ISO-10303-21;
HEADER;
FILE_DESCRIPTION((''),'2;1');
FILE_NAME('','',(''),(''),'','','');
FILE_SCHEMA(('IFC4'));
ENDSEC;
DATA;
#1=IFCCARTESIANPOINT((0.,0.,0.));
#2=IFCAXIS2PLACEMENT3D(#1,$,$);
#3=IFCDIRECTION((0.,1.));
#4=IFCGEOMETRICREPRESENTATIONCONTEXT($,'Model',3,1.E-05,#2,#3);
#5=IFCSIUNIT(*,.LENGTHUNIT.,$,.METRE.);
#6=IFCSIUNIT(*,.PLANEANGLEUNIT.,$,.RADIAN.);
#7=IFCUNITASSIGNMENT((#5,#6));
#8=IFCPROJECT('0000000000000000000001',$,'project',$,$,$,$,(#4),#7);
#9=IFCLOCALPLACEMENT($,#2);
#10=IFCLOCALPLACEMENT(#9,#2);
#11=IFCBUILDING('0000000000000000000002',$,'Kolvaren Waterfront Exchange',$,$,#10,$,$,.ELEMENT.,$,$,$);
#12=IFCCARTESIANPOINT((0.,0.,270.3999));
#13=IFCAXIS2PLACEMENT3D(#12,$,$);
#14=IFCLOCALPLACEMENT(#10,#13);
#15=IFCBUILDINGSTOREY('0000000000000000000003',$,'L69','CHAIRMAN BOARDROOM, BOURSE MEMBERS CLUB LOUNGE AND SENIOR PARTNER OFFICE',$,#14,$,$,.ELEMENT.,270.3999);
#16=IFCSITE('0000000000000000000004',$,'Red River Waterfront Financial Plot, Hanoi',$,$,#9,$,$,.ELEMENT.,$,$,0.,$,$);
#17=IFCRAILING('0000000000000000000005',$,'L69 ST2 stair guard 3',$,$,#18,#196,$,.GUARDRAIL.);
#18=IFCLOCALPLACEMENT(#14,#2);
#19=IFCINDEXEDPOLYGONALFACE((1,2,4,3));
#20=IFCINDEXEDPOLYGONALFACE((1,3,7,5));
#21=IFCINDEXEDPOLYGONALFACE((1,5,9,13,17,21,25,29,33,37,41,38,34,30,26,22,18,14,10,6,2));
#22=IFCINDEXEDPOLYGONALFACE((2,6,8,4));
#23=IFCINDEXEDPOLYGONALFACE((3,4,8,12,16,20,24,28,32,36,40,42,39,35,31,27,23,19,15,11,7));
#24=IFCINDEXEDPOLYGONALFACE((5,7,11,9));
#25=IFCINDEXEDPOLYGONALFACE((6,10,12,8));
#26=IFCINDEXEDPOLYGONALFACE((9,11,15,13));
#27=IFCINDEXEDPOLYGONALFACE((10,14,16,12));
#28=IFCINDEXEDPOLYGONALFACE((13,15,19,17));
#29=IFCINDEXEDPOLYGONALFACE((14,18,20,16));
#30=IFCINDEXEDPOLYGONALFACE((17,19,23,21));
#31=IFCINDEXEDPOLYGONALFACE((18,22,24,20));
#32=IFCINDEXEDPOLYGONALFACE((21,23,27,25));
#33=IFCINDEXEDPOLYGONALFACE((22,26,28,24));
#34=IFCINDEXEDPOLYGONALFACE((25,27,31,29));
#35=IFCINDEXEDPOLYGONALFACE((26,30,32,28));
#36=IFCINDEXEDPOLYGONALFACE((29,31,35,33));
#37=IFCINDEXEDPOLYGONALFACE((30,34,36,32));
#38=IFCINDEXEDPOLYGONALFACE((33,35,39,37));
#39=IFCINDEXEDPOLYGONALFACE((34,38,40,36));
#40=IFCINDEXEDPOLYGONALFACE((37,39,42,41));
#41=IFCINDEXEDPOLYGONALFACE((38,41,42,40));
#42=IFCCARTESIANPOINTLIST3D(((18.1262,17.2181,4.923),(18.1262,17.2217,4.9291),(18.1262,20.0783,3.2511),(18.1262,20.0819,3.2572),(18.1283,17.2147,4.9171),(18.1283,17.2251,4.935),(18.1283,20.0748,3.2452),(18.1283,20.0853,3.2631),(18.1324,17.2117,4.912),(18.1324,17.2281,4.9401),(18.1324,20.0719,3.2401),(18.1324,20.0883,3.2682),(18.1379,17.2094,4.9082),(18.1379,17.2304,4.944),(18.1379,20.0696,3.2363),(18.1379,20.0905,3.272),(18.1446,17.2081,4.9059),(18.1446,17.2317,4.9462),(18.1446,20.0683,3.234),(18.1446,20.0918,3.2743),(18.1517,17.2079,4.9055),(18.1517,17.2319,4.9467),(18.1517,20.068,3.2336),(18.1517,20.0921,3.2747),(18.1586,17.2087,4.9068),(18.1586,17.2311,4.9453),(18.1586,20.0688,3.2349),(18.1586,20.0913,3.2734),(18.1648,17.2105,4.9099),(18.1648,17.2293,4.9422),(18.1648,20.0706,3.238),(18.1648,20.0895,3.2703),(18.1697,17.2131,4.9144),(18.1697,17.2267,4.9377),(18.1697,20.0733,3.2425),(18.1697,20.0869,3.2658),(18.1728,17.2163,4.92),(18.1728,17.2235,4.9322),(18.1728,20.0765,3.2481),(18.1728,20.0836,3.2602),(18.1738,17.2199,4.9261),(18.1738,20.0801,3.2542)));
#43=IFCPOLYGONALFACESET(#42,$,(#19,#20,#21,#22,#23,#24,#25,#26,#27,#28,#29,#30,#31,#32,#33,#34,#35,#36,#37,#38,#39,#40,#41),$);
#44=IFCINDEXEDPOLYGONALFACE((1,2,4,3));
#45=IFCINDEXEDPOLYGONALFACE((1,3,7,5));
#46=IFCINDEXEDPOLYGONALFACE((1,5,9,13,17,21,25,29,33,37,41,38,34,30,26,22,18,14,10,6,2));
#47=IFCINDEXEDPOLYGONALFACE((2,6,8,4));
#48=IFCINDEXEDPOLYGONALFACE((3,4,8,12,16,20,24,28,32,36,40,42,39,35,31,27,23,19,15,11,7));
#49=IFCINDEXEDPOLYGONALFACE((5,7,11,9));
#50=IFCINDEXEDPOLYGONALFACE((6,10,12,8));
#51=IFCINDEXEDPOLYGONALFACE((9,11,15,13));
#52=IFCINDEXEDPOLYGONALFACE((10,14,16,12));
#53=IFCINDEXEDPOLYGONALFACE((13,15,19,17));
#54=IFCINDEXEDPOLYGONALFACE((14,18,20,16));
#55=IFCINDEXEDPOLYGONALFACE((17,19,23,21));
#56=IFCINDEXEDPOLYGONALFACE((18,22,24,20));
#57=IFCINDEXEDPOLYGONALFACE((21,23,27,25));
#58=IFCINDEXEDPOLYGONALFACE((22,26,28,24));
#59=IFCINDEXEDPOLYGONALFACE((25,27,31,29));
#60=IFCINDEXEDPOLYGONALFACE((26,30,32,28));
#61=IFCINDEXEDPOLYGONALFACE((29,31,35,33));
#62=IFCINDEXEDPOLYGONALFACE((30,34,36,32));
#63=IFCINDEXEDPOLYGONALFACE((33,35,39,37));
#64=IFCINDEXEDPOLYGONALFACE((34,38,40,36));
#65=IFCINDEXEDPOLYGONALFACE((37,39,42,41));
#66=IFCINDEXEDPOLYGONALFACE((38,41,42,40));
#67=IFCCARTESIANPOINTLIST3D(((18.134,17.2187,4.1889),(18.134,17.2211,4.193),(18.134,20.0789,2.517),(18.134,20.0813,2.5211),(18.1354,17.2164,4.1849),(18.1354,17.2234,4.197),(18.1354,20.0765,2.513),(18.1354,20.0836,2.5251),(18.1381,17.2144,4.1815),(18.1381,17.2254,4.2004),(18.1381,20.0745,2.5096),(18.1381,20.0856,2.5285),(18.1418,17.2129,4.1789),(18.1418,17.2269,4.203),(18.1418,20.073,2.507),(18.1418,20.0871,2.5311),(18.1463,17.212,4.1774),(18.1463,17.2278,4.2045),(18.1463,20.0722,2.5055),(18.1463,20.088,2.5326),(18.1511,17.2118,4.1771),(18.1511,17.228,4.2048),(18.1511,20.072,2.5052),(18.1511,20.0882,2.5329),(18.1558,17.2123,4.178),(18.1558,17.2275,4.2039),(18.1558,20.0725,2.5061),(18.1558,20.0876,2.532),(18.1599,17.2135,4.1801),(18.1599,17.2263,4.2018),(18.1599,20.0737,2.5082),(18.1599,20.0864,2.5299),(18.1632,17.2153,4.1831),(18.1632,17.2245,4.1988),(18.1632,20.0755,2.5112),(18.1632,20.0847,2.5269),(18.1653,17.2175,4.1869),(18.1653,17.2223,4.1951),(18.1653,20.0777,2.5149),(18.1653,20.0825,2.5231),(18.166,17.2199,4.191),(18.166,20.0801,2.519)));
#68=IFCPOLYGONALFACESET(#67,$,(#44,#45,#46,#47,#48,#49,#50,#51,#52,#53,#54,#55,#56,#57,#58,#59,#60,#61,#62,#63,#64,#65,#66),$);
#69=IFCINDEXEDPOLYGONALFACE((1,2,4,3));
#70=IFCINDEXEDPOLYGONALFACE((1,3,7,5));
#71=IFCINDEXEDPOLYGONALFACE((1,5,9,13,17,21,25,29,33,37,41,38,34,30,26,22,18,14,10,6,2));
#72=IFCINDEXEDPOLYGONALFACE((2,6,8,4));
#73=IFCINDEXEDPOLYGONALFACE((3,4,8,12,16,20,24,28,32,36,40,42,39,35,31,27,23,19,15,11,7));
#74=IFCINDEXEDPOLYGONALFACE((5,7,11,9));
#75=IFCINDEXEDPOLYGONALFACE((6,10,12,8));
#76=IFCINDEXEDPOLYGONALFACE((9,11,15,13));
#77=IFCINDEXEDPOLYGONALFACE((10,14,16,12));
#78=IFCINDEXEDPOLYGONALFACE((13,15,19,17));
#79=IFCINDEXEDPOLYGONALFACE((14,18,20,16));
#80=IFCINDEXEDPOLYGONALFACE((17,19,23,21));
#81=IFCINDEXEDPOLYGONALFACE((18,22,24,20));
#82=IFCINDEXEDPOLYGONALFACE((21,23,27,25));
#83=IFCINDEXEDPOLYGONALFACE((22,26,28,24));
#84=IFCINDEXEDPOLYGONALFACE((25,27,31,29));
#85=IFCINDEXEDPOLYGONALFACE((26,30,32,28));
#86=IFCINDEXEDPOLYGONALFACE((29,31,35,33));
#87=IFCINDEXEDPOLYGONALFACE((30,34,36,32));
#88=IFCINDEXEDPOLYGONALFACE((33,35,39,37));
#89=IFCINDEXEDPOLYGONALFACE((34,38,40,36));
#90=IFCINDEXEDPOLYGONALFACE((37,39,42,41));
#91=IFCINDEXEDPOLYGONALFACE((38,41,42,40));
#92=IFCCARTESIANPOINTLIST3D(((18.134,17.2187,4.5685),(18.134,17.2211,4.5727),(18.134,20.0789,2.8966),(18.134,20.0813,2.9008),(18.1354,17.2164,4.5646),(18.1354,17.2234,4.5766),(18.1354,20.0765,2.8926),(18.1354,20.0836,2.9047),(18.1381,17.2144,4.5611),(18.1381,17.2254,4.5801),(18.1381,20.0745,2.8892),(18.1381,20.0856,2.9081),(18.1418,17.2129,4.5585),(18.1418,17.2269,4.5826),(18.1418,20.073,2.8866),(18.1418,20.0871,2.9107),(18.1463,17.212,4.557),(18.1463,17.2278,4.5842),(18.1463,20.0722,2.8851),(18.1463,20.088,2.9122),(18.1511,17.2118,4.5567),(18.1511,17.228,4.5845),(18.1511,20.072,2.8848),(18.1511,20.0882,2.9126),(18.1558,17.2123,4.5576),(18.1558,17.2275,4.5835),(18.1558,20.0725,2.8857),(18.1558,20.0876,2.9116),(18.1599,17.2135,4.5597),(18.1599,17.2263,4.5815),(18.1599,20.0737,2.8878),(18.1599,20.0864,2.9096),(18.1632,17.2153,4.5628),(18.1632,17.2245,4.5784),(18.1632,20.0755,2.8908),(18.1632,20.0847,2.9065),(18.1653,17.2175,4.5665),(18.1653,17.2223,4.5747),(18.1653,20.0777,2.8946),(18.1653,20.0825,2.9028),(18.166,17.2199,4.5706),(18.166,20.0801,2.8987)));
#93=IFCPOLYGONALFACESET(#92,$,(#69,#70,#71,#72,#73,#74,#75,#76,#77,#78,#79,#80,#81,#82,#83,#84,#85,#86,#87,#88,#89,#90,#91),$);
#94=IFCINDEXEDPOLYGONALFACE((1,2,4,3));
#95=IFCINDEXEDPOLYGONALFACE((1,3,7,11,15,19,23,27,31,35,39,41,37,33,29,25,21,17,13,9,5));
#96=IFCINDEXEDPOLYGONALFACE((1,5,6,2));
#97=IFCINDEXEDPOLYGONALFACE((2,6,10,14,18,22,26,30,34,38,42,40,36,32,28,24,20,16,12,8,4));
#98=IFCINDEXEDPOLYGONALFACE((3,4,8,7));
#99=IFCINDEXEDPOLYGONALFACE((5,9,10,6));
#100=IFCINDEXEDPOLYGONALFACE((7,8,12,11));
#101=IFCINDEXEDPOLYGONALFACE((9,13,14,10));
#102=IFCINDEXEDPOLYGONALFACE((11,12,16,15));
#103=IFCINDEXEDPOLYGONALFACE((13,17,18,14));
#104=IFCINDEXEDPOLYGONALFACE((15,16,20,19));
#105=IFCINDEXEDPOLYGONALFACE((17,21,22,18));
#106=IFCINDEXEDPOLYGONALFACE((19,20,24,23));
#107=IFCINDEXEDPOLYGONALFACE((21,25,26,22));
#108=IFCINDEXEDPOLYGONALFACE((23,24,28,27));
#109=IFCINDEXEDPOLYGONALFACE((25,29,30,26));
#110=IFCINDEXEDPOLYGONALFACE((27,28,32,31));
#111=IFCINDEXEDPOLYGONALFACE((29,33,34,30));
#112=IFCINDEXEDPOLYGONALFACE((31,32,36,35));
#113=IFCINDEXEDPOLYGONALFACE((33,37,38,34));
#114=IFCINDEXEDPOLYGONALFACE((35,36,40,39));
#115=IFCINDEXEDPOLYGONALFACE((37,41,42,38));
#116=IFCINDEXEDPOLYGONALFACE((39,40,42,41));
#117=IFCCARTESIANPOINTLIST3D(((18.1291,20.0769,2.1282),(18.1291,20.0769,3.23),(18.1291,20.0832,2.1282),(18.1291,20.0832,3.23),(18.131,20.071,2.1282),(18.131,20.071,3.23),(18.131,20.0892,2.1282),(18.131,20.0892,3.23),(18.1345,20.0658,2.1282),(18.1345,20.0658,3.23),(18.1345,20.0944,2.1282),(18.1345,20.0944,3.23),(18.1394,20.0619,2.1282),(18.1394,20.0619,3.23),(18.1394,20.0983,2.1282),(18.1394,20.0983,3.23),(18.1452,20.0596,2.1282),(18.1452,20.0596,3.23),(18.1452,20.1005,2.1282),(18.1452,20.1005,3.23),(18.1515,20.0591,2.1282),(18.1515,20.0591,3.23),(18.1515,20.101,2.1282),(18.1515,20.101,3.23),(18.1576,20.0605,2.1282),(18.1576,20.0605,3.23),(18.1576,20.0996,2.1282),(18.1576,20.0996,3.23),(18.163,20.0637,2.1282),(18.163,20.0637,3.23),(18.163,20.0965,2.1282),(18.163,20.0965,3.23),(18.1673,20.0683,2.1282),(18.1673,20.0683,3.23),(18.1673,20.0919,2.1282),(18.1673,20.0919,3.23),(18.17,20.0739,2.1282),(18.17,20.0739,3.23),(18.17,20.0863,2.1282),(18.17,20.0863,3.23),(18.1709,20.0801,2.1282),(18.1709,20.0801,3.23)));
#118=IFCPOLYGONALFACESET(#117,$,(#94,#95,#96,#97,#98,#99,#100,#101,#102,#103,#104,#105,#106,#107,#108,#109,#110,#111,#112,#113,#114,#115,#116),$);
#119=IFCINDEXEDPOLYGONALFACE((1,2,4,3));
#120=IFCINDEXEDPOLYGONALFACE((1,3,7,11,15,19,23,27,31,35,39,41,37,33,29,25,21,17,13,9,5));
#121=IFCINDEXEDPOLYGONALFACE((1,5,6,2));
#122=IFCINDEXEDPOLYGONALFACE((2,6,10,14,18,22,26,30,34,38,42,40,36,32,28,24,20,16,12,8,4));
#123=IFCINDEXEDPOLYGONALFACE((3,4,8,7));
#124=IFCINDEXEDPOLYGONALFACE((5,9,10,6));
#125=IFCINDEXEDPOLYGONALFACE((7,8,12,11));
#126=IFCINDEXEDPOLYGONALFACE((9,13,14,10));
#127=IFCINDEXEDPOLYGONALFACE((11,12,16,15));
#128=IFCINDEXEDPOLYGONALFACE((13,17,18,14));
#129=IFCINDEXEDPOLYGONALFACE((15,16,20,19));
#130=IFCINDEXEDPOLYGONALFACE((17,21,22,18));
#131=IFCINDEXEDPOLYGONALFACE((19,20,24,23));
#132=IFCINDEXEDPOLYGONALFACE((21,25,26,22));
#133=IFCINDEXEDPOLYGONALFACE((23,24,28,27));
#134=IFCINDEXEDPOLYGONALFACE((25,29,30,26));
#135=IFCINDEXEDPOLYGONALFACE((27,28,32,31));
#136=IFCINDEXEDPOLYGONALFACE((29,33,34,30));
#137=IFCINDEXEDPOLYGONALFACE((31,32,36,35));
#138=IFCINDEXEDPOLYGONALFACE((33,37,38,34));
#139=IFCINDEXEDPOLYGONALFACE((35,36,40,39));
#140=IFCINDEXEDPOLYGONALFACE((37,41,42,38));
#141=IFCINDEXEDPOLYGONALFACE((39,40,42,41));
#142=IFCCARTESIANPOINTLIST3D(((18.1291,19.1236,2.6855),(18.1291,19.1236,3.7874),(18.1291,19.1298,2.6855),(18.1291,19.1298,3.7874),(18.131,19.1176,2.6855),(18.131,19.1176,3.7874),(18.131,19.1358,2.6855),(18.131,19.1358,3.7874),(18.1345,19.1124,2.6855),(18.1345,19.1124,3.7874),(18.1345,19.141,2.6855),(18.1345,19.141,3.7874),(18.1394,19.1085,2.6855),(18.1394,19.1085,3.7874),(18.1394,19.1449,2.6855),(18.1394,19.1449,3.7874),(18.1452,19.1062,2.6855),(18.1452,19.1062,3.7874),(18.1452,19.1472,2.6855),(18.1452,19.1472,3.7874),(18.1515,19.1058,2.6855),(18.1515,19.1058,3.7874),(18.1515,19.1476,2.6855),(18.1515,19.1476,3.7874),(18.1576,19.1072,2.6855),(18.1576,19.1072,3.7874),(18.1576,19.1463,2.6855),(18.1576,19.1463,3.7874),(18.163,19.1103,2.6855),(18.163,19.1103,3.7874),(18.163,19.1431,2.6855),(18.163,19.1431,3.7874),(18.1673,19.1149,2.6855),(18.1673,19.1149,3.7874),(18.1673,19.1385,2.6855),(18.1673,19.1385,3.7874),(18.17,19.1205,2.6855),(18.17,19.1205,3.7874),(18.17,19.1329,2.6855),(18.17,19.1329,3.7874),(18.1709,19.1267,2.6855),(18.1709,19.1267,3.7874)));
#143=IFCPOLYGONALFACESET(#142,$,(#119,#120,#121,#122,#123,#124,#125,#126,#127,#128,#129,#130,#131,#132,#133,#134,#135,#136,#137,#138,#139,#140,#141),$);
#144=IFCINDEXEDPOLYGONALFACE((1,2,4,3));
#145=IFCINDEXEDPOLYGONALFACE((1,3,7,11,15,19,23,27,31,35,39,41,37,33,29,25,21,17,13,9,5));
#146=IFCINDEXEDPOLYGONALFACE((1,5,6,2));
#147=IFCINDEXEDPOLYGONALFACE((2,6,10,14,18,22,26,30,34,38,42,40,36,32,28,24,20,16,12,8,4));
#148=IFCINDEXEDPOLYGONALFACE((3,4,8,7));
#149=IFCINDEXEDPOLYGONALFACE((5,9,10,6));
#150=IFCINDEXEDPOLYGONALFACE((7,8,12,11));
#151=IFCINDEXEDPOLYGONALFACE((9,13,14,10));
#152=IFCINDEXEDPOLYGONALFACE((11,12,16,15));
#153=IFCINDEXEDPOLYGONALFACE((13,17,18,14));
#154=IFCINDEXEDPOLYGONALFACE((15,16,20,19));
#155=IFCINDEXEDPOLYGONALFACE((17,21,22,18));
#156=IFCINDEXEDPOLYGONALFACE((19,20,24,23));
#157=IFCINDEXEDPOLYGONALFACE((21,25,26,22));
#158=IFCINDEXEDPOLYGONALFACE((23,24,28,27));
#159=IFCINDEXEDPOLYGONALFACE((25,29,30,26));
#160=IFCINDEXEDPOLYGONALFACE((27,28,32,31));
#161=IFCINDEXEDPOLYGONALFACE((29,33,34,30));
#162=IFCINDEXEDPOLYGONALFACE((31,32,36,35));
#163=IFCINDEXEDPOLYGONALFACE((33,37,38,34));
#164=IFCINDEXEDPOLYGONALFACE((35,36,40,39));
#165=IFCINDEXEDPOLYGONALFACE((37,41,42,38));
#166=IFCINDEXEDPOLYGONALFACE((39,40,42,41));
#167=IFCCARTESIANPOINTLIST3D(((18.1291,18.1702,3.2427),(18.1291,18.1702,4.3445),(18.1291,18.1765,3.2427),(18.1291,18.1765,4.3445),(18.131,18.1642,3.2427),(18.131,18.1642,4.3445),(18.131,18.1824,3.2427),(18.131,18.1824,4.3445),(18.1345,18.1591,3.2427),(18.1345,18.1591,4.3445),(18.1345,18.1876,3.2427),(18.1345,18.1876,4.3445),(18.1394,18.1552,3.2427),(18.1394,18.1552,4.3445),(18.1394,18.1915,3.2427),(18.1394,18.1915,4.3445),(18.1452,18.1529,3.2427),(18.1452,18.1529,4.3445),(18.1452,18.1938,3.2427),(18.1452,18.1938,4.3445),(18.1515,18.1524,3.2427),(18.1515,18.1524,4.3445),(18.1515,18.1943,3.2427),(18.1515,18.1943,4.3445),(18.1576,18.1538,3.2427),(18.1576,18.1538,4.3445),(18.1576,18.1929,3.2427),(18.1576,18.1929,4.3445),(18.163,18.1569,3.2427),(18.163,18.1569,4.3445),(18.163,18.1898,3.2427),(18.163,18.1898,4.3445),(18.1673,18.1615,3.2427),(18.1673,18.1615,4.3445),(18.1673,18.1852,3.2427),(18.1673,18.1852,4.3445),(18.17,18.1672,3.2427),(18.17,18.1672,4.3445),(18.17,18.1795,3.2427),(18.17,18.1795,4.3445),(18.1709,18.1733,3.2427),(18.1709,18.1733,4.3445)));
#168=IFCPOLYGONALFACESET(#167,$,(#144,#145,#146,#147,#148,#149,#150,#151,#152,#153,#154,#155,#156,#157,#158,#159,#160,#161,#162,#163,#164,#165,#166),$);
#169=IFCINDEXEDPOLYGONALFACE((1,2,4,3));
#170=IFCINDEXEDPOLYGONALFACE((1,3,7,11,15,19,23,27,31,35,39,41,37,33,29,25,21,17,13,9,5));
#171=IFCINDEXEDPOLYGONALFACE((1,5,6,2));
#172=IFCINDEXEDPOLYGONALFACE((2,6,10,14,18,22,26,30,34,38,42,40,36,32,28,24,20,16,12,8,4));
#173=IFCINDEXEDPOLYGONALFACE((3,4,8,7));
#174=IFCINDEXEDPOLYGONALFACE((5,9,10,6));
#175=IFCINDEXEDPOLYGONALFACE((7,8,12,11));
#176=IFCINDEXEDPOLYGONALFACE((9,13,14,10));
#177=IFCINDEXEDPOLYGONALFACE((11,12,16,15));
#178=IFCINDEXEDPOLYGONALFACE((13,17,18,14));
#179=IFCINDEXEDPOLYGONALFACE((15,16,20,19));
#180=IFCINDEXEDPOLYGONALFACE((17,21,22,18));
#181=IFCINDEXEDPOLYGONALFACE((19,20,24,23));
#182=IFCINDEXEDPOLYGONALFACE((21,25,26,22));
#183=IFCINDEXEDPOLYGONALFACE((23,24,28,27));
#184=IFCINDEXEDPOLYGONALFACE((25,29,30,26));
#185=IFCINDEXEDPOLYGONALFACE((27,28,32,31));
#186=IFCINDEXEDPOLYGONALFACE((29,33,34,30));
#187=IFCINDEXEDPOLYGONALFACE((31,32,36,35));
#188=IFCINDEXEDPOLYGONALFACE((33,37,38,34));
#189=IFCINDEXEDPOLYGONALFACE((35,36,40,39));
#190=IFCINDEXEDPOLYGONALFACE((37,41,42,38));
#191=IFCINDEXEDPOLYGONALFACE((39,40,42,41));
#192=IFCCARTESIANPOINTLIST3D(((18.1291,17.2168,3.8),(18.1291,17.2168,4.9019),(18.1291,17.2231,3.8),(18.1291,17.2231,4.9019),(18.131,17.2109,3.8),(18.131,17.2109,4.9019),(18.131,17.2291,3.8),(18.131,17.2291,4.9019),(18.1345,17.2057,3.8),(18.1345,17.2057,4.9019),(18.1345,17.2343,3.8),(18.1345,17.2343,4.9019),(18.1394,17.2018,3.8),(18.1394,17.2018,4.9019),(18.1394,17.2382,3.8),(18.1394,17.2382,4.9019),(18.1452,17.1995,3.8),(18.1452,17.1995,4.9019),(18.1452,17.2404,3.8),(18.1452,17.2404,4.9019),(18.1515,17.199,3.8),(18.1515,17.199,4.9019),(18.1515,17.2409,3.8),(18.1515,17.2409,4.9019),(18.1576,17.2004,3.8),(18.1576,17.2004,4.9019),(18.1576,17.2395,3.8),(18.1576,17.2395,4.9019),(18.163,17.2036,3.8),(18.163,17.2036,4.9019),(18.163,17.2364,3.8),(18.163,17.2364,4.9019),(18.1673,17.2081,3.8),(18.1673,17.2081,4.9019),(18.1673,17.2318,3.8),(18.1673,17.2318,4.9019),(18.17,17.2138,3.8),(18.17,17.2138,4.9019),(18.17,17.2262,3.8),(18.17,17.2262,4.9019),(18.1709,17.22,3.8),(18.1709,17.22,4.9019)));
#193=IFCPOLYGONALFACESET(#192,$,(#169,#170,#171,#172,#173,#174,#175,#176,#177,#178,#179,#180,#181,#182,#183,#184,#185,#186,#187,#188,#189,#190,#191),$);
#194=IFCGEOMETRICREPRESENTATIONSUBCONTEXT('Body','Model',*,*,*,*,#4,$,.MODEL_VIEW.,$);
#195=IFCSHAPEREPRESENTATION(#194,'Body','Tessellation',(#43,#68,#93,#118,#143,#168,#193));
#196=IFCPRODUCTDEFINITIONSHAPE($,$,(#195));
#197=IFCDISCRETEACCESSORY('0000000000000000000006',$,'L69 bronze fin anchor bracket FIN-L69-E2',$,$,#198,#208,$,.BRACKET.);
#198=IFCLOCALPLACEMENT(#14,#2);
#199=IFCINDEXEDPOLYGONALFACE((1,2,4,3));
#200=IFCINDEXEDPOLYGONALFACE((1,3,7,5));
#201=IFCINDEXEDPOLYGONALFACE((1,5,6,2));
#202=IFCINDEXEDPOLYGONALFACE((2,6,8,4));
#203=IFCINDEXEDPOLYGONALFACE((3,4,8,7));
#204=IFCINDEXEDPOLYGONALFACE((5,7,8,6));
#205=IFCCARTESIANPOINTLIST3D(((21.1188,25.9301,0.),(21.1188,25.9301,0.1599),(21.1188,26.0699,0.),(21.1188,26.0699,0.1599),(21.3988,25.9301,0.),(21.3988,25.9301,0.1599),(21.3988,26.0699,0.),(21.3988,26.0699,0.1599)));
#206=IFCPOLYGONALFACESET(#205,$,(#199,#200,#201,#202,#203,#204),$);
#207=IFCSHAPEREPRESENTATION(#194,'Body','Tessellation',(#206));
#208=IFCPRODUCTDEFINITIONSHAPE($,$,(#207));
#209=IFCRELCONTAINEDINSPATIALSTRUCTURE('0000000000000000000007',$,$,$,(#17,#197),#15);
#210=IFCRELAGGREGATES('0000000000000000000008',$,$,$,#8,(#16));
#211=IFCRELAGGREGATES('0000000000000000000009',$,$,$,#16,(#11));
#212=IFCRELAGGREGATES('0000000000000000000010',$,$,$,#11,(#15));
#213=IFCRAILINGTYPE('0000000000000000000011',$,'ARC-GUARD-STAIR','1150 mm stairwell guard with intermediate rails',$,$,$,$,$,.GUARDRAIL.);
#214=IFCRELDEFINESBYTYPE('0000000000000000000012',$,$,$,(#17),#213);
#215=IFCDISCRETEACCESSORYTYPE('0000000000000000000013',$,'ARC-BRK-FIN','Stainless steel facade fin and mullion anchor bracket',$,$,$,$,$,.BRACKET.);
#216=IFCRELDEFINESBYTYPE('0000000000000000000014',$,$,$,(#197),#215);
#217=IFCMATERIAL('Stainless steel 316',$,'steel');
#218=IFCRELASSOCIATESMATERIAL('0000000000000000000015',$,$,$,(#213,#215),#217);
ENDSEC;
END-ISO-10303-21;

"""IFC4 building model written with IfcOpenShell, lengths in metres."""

from ifc_helpers import new_model, si_unit, direction, frame, origin, origin_with_axes, origin_2d, place, context, subcontext, project, spatial, rectangle, circle, extrude, source, transform, mapped, material, type_object, element, save


model = new_model("IFC4")

# Units and contexts
model_context = context("Model", 3, precision=1e-05, world=origin(), true_north=direction((0.0, 1.0)))
body_context = subcontext(model_context, "Body", "Model", "MODEL_VIEW")
ifc_project = project(units=[si_unit("LENGTHUNIT", "METRE"), si_unit("PLANEANGLEUNIT", "RADIAN")], contexts=[model_context])

# Site, building, storey
site_placement = place(None, origin())
site = spatial("IfcSite", under=ifc_project, at=site_placement, Name="Red River Waterfront Financial Plot, Hanoi", CompositionType="ELEMENT", RefElevation=0.0)
building_placement = place(site_placement, origin())
building = spatial("IfcBuilding", under=site, at=building_placement, Name="Kolvaren Waterfront Exchange", CompositionType="ELEMENT")
storey_placement = place(building_placement, frame((0.0, 0.0, 270.3999)))
storey = spatial("IfcBuildingStorey", under=building, at=storey_placement, Name="L69", Description="CHAIRMAN BOARDROOM, BOURSE MEMBERS CLUB LOUNGE AND SENIOR PARTNER OFFICE", CompositionType="ELEMENT", Elevation=270.3999)

# Railing
ifc_material_1 = material(Name="Stainless steel 316", Category="steel")
railing_type = type_object("IfcRailingType", Name="ARC-GUARD-STAIR", Description="1150 mm stairwell guard with intermediate rails", PredefinedType="GUARDRAIL", material=ifc_material_1)
railing_1_placement = place(storey_placement, frame((18.1499, 20.0801, 2.1282)))
element("IfcRailing", 1, at=railing_1_placement, inside=storey, type_object=railing_type, Name="L69 ST2 stair guard 3", PredefinedType="GUARDRAIL", context=body_context, shape_type="SweptSolid", body=[
    extrude(circle(Radius=0.0239, at=origin_2d()), frame((0.0, 0.0, 1.126), z_axis=(0.0, -0.863321, 0.504654), x_axis=(1.0, 0.0, 0.0)), (0.0, 0.0, 1.0), 3.313),
    extrude(circle(Radius=0.0161, at=origin_2d()), frame((0.0, 0.0, 0.3909), z_axis=(0.0, -0.863321, 0.504654), x_axis=(1.0, 0.0, 0.0)), (0.0, 0.0, 1.0), 3.313),
    extrude(circle(Radius=0.0161, at=origin_2d()), frame((0.0, 0.0, 0.7705), z_axis=(0.0, -0.863321, 0.504654), x_axis=(1.0, 0.0, 0.0)), (0.0, 0.0, 1.0), 3.313),
    extrude(circle(Radius=0.021, at=origin_2d()), origin(), (0.0, 0.0, 1.0), 1.1018),
    extrude(circle(Radius=0.021, at=origin_2d()), frame((0.0, -0.9534, 0.5574)), (0.0, 0.0, 1.0), 1.1018),
    extrude(circle(Radius=0.021, at=origin_2d()), frame((0.0, -1.9067, 1.1145)), (0.0, 0.0, 1.0), 1.1018),
    extrude(circle(Radius=0.021, at=origin_2d()), frame((0.0, -2.8601, 1.6719)), (0.0, 0.0, 1.0), 1.1018),
])

# Discrete accessory
discrete_accessory_type = type_object("IfcDiscreteAccessoryType", Name="ARC-BRK-FIN", Description="Stainless steel facade fin and mullion anchor bracket", PredefinedType="BRACKET", material=ifc_material_1)
shared_shape_1 = source(origin_with_axes(), body_context, "Body", "SweptSolid", [
    extrude(rectangle(XDim=0.28, YDim=0.1399, at=origin_2d()), origin(), (0.0, 0.0, 1.0), 0.1599),
])
for number, where, z_axis, x_axis, name in (
    (2, (21.2588, 26.0, 0.0), (0.0, 0.0, 1.0), (1.0, 0.0, 0.0), "L69 bronze fin anchor bracket FIN-L69-E2"),
):
    element("IfcDiscreteAccessory", number, at=place(storey_placement, frame(where, z_axis=z_axis, x_axis=x_axis)), inside=storey, type_object=discrete_accessory_type, Name=name, PredefinedType="BRACKET", context=body_context, shape_type="MappedRepresentation", body=[
        mapped(shared_shape_1, transform((0.0, 0.0, 0.0), x_axis=(1.0, 0.0, 0.0), y_axis=(0.0, 1.0, 0.0), z_axis=(0.0, 0.0, 1.0), scale=1.0)),
    ])

save(model, "model.ifc")
